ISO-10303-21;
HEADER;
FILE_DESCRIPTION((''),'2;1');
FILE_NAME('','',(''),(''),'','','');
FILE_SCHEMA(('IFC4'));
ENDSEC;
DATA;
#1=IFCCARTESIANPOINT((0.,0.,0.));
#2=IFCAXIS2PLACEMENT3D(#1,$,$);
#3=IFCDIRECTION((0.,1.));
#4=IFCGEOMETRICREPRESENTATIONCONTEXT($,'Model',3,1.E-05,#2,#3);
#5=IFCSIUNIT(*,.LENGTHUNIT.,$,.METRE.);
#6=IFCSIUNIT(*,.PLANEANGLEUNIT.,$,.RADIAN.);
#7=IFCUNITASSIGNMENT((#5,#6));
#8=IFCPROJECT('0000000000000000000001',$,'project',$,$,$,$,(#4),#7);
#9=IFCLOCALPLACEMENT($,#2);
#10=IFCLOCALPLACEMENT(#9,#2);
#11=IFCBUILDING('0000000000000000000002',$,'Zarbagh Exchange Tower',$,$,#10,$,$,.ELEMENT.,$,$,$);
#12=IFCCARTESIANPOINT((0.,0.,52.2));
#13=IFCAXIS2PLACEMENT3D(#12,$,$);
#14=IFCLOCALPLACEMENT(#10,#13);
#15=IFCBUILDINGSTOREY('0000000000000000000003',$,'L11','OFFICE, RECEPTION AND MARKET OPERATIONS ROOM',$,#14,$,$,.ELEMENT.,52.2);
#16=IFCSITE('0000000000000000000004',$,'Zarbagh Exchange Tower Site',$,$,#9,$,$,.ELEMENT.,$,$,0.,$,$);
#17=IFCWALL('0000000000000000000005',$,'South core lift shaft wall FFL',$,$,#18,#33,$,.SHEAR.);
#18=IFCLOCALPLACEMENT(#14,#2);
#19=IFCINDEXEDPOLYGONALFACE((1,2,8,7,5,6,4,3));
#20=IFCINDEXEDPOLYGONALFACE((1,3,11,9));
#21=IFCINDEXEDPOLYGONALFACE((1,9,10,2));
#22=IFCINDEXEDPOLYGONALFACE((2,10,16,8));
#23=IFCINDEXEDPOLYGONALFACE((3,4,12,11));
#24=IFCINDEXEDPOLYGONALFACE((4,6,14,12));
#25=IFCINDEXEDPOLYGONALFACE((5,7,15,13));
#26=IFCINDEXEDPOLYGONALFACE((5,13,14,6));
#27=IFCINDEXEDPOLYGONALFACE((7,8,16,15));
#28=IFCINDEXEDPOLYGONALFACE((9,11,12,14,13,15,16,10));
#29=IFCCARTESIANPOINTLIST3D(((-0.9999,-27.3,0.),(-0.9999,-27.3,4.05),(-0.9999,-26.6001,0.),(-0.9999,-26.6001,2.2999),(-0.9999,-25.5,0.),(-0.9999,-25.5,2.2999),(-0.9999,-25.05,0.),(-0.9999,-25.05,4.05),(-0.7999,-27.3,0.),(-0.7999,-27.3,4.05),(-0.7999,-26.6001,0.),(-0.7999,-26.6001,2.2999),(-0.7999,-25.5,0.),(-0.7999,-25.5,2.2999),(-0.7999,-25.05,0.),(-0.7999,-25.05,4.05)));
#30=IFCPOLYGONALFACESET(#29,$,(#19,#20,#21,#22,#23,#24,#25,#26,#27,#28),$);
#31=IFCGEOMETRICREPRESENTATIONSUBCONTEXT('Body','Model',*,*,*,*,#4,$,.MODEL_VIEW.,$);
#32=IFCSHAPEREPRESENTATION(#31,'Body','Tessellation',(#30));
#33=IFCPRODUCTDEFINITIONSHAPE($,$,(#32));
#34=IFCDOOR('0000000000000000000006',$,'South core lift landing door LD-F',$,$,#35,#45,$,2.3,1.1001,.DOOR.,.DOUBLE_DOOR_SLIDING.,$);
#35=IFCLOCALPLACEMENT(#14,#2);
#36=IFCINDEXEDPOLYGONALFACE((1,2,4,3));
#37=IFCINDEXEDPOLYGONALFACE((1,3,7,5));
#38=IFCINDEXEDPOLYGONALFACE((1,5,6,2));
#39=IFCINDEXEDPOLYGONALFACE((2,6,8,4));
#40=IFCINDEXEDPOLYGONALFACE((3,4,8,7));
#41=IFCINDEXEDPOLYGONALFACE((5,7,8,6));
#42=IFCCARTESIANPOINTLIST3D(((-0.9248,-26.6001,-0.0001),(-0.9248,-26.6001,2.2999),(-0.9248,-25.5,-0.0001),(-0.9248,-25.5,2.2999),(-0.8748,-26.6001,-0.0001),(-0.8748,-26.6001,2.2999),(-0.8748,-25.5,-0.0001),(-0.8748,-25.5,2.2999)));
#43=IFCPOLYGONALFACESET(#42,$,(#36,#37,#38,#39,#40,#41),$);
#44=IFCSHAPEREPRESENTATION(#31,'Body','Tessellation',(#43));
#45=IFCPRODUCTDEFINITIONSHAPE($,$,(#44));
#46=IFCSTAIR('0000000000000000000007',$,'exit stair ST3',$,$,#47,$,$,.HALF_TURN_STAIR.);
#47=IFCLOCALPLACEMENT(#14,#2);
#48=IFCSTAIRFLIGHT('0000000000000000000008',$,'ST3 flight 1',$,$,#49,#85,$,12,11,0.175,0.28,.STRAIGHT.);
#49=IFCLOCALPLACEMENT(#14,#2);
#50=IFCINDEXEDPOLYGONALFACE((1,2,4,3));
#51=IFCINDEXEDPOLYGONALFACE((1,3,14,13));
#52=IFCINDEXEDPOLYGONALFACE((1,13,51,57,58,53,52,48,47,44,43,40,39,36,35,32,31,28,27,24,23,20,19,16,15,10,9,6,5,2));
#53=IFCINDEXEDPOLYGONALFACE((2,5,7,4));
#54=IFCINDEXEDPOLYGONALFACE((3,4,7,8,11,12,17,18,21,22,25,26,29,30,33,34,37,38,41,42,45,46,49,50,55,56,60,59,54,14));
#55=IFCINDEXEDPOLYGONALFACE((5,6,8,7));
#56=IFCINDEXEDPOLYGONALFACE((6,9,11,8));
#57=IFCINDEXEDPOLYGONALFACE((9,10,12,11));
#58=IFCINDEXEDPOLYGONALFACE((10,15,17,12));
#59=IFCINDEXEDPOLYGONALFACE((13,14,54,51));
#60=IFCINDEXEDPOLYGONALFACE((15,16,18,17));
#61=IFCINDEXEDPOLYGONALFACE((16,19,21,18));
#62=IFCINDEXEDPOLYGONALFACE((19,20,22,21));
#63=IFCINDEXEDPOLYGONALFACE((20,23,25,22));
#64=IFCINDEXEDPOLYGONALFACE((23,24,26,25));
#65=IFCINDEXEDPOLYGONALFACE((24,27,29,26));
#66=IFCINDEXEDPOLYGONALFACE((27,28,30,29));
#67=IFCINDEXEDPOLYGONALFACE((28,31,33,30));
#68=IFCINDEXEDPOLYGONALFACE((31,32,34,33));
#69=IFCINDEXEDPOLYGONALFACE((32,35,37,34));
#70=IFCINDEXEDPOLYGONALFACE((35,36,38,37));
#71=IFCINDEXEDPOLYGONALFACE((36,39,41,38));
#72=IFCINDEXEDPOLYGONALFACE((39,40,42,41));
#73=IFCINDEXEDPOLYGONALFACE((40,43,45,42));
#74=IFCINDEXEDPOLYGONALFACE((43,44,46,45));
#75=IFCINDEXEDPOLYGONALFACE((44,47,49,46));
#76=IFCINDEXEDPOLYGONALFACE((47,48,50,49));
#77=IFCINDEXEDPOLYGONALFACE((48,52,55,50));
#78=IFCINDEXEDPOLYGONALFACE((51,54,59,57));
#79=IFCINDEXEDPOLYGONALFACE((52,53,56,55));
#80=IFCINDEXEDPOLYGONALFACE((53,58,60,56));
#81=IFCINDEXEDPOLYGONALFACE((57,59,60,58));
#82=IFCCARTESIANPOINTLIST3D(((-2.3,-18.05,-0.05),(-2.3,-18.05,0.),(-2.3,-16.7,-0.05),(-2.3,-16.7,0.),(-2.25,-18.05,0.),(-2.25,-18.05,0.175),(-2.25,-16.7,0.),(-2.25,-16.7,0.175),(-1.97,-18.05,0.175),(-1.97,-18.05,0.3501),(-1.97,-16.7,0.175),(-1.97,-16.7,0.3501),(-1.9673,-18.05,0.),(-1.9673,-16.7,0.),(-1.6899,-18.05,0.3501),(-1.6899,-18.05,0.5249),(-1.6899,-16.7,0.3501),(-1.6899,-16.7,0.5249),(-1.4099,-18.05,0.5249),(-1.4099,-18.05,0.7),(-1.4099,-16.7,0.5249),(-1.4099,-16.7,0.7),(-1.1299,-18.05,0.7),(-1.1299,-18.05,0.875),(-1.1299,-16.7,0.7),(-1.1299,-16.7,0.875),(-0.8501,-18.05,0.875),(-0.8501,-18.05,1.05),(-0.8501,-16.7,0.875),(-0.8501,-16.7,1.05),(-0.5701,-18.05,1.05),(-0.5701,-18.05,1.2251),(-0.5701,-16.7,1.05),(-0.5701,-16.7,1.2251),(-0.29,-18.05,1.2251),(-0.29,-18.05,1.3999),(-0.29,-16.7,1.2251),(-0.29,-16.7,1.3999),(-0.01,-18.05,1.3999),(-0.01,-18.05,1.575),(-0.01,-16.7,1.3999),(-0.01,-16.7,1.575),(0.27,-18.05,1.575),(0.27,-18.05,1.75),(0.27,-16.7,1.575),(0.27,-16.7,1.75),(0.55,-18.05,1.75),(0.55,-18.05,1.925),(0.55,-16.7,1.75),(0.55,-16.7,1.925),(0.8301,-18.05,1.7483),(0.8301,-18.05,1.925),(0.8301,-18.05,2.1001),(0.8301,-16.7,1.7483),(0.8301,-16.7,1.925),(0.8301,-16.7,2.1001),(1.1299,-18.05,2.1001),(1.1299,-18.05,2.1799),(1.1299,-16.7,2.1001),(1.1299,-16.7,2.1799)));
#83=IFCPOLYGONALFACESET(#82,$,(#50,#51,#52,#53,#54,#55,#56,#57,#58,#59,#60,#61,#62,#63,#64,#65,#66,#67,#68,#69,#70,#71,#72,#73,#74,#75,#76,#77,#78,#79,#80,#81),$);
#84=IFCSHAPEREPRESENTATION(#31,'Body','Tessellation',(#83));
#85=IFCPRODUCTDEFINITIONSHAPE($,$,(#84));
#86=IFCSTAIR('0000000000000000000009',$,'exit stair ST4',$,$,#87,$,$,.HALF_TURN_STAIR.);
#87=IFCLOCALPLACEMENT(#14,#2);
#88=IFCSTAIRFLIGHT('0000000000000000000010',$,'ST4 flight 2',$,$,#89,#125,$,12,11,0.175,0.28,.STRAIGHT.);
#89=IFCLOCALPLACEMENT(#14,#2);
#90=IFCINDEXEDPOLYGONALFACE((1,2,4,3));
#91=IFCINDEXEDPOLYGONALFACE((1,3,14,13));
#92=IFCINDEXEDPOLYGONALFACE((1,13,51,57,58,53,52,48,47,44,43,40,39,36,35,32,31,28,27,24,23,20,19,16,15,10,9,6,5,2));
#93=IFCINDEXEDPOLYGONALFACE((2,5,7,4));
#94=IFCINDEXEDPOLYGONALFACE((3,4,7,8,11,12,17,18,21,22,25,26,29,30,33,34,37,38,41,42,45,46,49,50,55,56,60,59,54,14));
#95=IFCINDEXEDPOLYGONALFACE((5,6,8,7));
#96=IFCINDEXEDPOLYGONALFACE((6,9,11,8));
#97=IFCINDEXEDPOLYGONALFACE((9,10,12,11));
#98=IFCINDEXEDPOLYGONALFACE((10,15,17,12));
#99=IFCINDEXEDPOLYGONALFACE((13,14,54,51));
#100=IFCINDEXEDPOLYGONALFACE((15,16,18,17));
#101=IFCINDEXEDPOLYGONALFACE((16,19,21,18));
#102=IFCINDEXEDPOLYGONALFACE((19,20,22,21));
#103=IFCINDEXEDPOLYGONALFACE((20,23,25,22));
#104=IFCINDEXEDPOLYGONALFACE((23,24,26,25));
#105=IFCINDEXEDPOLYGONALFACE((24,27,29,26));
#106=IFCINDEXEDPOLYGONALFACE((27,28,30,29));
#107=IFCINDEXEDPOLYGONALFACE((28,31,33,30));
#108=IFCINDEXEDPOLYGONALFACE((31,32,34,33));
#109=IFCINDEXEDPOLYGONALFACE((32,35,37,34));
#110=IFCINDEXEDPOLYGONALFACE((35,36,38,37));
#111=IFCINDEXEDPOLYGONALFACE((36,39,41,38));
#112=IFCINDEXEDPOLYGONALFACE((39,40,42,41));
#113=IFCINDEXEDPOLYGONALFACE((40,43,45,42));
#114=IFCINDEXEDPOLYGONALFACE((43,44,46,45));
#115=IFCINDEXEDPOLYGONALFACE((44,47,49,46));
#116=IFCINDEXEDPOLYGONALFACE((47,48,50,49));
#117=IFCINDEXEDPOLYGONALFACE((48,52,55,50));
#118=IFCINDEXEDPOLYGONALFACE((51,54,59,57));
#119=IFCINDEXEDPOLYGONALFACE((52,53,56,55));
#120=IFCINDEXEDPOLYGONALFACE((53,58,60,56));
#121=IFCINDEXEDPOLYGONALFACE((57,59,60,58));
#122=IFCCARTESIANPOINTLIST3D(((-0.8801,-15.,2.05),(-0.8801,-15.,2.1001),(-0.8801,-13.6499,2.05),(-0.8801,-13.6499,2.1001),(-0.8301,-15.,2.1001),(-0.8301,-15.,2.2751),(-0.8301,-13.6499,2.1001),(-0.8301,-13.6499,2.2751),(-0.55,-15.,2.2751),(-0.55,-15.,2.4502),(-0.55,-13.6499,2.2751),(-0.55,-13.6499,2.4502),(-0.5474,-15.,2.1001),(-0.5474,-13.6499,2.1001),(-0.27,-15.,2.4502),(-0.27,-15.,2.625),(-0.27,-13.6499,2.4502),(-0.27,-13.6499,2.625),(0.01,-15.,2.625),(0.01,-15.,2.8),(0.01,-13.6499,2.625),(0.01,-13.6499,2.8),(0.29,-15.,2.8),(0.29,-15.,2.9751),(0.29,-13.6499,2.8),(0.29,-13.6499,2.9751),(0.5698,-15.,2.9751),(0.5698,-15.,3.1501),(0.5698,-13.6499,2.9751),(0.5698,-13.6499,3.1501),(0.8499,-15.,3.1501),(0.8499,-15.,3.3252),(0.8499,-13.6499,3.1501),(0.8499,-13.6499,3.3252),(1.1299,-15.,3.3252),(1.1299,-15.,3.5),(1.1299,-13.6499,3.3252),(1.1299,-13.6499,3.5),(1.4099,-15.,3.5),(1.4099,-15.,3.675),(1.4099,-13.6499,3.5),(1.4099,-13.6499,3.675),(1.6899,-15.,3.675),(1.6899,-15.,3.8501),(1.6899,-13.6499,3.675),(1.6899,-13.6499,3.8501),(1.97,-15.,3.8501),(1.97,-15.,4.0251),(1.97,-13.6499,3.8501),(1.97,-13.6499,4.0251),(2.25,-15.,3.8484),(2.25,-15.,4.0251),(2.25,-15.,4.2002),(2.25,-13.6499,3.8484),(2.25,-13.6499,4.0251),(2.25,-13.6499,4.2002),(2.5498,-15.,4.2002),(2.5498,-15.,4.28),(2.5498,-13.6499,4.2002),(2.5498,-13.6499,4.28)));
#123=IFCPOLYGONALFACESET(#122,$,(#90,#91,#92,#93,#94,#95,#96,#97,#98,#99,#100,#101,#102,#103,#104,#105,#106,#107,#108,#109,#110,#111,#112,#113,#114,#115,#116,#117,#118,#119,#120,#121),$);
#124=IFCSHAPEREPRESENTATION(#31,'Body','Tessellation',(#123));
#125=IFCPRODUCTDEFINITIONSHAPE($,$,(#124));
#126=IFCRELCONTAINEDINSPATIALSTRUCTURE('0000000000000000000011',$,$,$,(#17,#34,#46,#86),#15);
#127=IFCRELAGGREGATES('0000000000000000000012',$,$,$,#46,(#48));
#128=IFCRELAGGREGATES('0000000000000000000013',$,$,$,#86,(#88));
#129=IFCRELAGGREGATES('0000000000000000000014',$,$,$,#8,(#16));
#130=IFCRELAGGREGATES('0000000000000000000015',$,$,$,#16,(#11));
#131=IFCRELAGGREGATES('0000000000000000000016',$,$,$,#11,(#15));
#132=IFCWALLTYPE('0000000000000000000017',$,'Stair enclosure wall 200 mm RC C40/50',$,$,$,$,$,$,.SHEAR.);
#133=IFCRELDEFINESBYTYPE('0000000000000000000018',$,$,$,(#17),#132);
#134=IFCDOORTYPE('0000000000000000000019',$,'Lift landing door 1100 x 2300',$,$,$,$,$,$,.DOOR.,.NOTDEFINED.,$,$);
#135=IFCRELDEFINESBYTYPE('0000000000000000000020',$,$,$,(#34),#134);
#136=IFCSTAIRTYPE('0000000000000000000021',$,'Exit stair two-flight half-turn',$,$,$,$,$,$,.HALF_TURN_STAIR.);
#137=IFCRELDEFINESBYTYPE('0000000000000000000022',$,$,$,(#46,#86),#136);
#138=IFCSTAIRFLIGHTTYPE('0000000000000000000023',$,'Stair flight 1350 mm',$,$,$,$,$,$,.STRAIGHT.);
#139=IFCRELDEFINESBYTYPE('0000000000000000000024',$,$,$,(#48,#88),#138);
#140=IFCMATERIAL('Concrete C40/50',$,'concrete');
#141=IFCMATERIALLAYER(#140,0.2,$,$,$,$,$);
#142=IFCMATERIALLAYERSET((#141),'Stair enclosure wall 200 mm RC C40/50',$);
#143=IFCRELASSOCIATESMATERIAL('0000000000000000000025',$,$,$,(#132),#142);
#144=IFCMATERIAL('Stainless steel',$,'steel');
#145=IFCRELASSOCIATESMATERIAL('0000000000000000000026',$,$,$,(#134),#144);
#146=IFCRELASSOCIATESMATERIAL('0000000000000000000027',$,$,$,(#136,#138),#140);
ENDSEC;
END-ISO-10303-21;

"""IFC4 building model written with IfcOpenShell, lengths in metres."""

from ifc_helpers import new_model, si_unit, direction, frame, frame_2d, origin, place, context, subcontext, project, spatial, polyline, rectangle, outline, extrude, material, layer, layer_set, type_object, element, fill, aggregate, save


model = new_model("IFC4")

# Units and contexts
model_context = context("Model", 3, precision=1e-05, world=origin(), true_north=direction((0.0, 1.0)))
body_context = subcontext(model_context, "Body", "Model", "MODEL_VIEW")
ifc_project = project(units=[si_unit("LENGTHUNIT", "METRE"), si_unit("PLANEANGLEUNIT", "RADIAN")], contexts=[model_context])

# Site, building, storey
site_placement = place(None, origin())
site = spatial("IfcSite", under=ifc_project, at=site_placement, Name="Zarbagh Exchange Tower Site", CompositionType="ELEMENT", RefElevation=0.0)
building_placement = place(site_placement, origin())
building = spatial("IfcBuilding", under=site, at=building_placement, Name="Zarbagh Exchange Tower", CompositionType="ELEMENT")
storey_placement = place(building_placement, frame((0.0, 0.0, 52.2)))
storey = spatial("IfcBuildingStorey", under=building, at=storey_placement, Name="L11", Description="OFFICE, RECEPTION AND MARKET OPERATIONS ROOM", CompositionType="ELEMENT", Elevation=52.2)

# Shared definitions
ifc_material_1 = material(Name="Concrete C40/50", Category="concrete")

# Wall, opening, door
ifc_layer_1 = layer(ifc_material_1, 0.2)
ifc_layer_set_1 = layer_set([ifc_layer_1], Name="Stair enclosure wall 200 mm RC C40/50")
wall_type_1 = type_object("IfcWallType", Name="Stair enclosure wall 200 mm RC C40/50", PredefinedType="SHEAR", material=ifc_layer_set_1)
wall_1_placement = place(storey_placement, frame((-0.8999, -27.3, 0.0), z_axis=(0.0, 0.0, 1.0), x_axis=(0.0, 1.0, 0.0)))
wall_1 = element("IfcWall", 1, at=wall_1_placement, inside=storey, type_object=wall_type_1, Name="South core lift shaft wall FFL", PredefinedType="SHEAR", context=body_context, shape_type="SweptSolid", body=[
    extrude(rectangle(XDim=2.25, YDim=0.2, at=frame_2d((1.125, 0.0))), origin(), (0.0, 0.0, 1.0), 4.05),
])
opening_1_placement = place(wall_1_placement, frame((0.7, 0.0, 0.0)))
opening_1 = element("IfcOpeningElement", 2, at=opening_1_placement, cuts=wall_1, PredefinedType="OPENING", context=body_context, shape_type="SweptSolid", body=[
    extrude(rectangle(XDim=1.1001, YDim=2.3, at=frame_2d((0.55, 1.1499))), frame((0.0, 0.1099, 0.0), z_axis=(0.0, -1.0, 0.0), x_axis=(1.0, 0.0, 0.0)), (0.0, 0.0, 1.0), 0.22),
])
ifc_material_2 = material(Name="Stainless steel", Category="steel")
door_type_1 = type_object("IfcDoorType", Name="Lift landing door 1100 x 2300", OperationType="NOTDEFINED", PredefinedType="DOOR", material=ifc_material_2)
door_1_placement = place(opening_1_placement, origin())
door_1 = element("IfcDoor", 3, at=door_1_placement, inside=storey, type_object=door_type_1, Name="South core lift landing door LD-F", OperationType="DOUBLE_DOOR_SLIDING", OverallHeight=2.3, OverallWidth=1.1001, PredefinedType="DOOR", context=body_context, shape_type="SweptSolid", body=[
    extrude(rectangle(XDim=1.1001, YDim=2.3, at=frame_2d((0.55, 1.1499))), frame((0.0, 0.0249, 0.0), z_axis=(0.0, -1.0, 0.0), x_axis=(1.0, 0.0, 0.0)), (0.0, 0.0, 1.0), 0.05),
])
fill(opening_1, door_1)

# Stairs, stair flights
stair_type = type_object("IfcStairType", Name="Exit stair two-flight half-turn", PredefinedType="HALF_TURN_STAIR", material=ifc_material_1)
stair_1_placement = place(storey_placement, origin())
stair_1 = element("IfcStair", 4, at=stair_1_placement, inside=storey, type_object=stair_type, Name="exit stair ST3", PredefinedType="HALF_TURN_STAIR")
stair_flight_type = type_object("IfcStairFlightType", Name="Stair flight 1350 mm", PredefinedType="STRAIGHT", material=ifc_material_1)
stair_flight_1_placement = place(storey_placement, frame((-2.25, -17.375, 0.0), z_axis=(0.0, 0.0, 1.0), x_axis=(1.0, 0.0, 0.0)))
stair_flight_1 = element("IfcStairFlight", 5, at=stair_flight_1_placement, type_object=stair_flight_type, Name="ST3 flight 1", NumberOfRisers=12, NumberOfTreads=11, PredefinedType="STRAIGHT", RiserHeight=0.175, TreadLength=0.28, context=body_context, shape_type="SweptSolid", body=[
    extrude(outline(polyline([(-0.05, -0.05), (-0.05, 0.0), (0.0, 0.0), (0.0, 0.175), (0.28, 0.175), (0.28, 0.3501), (0.5601, 0.3501), (0.5601, 0.5249), (0.8401, 0.5249), (0.8401, 0.7), (1.1201, 0.7), (1.1201, 0.875), (1.3999, 0.875), (1.3999, 1.05), (1.6799, 1.05), (1.6799, 1.2251), (1.96, 1.2251), (1.96, 1.3999), (2.24, 1.3999), (2.24, 1.575), (2.52, 1.575), (2.52, 1.75), (2.8, 1.75), (2.8, 1.925), (3.0801, 1.925), (3.0801, 2.1001), (3.3799, 2.1799), (3.3799, 2.1001), (3.0801, 1.7483), (0.2827, 0.0), (-0.05, -0.05)])), frame((0.0, 0.675, 0.0), z_axis=(0.0, -1.0, 0.0), x_axis=(1.0, 0.0, 0.0)), (0.0, 0.0, 1.0), 1.3501),
])
aggregate(stair_1, [stair_flight_1])
stair_2_placement = place(storey_placement, origin())
stair_2 = element("IfcStair", 6, at=stair_2_placement, inside=storey, type_object=stair_type, Name="exit stair ST4", PredefinedType="HALF_TURN_STAIR")
stair_flight_2_placement = place(storey_placement, frame((-0.8301, -14.325, 2.1001), z_axis=(0.0, 0.0, 1.0), x_axis=(1.0, 0.0, 0.0)))
stair_flight_2 = element("IfcStairFlight", 7, at=stair_flight_2_placement, type_object=stair_flight_type, Name="ST4 flight 2", NumberOfRisers=12, NumberOfTreads=11, PredefinedType="STRAIGHT", RiserHeight=0.175, TreadLength=0.28, context=body_context, shape_type="SweptSolid", body=[
    extrude(outline(polyline([(-0.05, -0.05), (-0.05, 0.0), (0.0, 0.0), (0.0, 0.175), (0.28, 0.175), (0.28, 0.3501), (0.5601, 0.3501), (0.5601, 0.5249), (0.8401, 0.5249), (0.8401, 0.7), (1.1201, 0.7), (1.1201, 0.875), (1.3999, 0.875), (1.3999, 1.05), (1.6799, 1.05), (1.6799, 1.2251), (1.96, 1.2251), (1.96, 1.3999), (2.24, 1.3999), (2.24, 1.575), (2.52, 1.575), (2.52, 1.75), (2.8, 1.75), (2.8, 1.925), (3.0801, 1.925), (3.0801, 2.1001), (3.3799, 2.1799), (3.3799, 2.1001), (3.0801, 1.7483), (0.2827, 0.0), (-0.05, -0.05)])), frame((0.0, 0.675, 0.0), z_axis=(0.0, -1.0, 0.0), x_axis=(1.0, 0.0, 0.0)), (0.0, 0.0, 1.0), 1.3501),
])
aggregate(stair_2, [stair_flight_2])

save(model, "model.ifc")
